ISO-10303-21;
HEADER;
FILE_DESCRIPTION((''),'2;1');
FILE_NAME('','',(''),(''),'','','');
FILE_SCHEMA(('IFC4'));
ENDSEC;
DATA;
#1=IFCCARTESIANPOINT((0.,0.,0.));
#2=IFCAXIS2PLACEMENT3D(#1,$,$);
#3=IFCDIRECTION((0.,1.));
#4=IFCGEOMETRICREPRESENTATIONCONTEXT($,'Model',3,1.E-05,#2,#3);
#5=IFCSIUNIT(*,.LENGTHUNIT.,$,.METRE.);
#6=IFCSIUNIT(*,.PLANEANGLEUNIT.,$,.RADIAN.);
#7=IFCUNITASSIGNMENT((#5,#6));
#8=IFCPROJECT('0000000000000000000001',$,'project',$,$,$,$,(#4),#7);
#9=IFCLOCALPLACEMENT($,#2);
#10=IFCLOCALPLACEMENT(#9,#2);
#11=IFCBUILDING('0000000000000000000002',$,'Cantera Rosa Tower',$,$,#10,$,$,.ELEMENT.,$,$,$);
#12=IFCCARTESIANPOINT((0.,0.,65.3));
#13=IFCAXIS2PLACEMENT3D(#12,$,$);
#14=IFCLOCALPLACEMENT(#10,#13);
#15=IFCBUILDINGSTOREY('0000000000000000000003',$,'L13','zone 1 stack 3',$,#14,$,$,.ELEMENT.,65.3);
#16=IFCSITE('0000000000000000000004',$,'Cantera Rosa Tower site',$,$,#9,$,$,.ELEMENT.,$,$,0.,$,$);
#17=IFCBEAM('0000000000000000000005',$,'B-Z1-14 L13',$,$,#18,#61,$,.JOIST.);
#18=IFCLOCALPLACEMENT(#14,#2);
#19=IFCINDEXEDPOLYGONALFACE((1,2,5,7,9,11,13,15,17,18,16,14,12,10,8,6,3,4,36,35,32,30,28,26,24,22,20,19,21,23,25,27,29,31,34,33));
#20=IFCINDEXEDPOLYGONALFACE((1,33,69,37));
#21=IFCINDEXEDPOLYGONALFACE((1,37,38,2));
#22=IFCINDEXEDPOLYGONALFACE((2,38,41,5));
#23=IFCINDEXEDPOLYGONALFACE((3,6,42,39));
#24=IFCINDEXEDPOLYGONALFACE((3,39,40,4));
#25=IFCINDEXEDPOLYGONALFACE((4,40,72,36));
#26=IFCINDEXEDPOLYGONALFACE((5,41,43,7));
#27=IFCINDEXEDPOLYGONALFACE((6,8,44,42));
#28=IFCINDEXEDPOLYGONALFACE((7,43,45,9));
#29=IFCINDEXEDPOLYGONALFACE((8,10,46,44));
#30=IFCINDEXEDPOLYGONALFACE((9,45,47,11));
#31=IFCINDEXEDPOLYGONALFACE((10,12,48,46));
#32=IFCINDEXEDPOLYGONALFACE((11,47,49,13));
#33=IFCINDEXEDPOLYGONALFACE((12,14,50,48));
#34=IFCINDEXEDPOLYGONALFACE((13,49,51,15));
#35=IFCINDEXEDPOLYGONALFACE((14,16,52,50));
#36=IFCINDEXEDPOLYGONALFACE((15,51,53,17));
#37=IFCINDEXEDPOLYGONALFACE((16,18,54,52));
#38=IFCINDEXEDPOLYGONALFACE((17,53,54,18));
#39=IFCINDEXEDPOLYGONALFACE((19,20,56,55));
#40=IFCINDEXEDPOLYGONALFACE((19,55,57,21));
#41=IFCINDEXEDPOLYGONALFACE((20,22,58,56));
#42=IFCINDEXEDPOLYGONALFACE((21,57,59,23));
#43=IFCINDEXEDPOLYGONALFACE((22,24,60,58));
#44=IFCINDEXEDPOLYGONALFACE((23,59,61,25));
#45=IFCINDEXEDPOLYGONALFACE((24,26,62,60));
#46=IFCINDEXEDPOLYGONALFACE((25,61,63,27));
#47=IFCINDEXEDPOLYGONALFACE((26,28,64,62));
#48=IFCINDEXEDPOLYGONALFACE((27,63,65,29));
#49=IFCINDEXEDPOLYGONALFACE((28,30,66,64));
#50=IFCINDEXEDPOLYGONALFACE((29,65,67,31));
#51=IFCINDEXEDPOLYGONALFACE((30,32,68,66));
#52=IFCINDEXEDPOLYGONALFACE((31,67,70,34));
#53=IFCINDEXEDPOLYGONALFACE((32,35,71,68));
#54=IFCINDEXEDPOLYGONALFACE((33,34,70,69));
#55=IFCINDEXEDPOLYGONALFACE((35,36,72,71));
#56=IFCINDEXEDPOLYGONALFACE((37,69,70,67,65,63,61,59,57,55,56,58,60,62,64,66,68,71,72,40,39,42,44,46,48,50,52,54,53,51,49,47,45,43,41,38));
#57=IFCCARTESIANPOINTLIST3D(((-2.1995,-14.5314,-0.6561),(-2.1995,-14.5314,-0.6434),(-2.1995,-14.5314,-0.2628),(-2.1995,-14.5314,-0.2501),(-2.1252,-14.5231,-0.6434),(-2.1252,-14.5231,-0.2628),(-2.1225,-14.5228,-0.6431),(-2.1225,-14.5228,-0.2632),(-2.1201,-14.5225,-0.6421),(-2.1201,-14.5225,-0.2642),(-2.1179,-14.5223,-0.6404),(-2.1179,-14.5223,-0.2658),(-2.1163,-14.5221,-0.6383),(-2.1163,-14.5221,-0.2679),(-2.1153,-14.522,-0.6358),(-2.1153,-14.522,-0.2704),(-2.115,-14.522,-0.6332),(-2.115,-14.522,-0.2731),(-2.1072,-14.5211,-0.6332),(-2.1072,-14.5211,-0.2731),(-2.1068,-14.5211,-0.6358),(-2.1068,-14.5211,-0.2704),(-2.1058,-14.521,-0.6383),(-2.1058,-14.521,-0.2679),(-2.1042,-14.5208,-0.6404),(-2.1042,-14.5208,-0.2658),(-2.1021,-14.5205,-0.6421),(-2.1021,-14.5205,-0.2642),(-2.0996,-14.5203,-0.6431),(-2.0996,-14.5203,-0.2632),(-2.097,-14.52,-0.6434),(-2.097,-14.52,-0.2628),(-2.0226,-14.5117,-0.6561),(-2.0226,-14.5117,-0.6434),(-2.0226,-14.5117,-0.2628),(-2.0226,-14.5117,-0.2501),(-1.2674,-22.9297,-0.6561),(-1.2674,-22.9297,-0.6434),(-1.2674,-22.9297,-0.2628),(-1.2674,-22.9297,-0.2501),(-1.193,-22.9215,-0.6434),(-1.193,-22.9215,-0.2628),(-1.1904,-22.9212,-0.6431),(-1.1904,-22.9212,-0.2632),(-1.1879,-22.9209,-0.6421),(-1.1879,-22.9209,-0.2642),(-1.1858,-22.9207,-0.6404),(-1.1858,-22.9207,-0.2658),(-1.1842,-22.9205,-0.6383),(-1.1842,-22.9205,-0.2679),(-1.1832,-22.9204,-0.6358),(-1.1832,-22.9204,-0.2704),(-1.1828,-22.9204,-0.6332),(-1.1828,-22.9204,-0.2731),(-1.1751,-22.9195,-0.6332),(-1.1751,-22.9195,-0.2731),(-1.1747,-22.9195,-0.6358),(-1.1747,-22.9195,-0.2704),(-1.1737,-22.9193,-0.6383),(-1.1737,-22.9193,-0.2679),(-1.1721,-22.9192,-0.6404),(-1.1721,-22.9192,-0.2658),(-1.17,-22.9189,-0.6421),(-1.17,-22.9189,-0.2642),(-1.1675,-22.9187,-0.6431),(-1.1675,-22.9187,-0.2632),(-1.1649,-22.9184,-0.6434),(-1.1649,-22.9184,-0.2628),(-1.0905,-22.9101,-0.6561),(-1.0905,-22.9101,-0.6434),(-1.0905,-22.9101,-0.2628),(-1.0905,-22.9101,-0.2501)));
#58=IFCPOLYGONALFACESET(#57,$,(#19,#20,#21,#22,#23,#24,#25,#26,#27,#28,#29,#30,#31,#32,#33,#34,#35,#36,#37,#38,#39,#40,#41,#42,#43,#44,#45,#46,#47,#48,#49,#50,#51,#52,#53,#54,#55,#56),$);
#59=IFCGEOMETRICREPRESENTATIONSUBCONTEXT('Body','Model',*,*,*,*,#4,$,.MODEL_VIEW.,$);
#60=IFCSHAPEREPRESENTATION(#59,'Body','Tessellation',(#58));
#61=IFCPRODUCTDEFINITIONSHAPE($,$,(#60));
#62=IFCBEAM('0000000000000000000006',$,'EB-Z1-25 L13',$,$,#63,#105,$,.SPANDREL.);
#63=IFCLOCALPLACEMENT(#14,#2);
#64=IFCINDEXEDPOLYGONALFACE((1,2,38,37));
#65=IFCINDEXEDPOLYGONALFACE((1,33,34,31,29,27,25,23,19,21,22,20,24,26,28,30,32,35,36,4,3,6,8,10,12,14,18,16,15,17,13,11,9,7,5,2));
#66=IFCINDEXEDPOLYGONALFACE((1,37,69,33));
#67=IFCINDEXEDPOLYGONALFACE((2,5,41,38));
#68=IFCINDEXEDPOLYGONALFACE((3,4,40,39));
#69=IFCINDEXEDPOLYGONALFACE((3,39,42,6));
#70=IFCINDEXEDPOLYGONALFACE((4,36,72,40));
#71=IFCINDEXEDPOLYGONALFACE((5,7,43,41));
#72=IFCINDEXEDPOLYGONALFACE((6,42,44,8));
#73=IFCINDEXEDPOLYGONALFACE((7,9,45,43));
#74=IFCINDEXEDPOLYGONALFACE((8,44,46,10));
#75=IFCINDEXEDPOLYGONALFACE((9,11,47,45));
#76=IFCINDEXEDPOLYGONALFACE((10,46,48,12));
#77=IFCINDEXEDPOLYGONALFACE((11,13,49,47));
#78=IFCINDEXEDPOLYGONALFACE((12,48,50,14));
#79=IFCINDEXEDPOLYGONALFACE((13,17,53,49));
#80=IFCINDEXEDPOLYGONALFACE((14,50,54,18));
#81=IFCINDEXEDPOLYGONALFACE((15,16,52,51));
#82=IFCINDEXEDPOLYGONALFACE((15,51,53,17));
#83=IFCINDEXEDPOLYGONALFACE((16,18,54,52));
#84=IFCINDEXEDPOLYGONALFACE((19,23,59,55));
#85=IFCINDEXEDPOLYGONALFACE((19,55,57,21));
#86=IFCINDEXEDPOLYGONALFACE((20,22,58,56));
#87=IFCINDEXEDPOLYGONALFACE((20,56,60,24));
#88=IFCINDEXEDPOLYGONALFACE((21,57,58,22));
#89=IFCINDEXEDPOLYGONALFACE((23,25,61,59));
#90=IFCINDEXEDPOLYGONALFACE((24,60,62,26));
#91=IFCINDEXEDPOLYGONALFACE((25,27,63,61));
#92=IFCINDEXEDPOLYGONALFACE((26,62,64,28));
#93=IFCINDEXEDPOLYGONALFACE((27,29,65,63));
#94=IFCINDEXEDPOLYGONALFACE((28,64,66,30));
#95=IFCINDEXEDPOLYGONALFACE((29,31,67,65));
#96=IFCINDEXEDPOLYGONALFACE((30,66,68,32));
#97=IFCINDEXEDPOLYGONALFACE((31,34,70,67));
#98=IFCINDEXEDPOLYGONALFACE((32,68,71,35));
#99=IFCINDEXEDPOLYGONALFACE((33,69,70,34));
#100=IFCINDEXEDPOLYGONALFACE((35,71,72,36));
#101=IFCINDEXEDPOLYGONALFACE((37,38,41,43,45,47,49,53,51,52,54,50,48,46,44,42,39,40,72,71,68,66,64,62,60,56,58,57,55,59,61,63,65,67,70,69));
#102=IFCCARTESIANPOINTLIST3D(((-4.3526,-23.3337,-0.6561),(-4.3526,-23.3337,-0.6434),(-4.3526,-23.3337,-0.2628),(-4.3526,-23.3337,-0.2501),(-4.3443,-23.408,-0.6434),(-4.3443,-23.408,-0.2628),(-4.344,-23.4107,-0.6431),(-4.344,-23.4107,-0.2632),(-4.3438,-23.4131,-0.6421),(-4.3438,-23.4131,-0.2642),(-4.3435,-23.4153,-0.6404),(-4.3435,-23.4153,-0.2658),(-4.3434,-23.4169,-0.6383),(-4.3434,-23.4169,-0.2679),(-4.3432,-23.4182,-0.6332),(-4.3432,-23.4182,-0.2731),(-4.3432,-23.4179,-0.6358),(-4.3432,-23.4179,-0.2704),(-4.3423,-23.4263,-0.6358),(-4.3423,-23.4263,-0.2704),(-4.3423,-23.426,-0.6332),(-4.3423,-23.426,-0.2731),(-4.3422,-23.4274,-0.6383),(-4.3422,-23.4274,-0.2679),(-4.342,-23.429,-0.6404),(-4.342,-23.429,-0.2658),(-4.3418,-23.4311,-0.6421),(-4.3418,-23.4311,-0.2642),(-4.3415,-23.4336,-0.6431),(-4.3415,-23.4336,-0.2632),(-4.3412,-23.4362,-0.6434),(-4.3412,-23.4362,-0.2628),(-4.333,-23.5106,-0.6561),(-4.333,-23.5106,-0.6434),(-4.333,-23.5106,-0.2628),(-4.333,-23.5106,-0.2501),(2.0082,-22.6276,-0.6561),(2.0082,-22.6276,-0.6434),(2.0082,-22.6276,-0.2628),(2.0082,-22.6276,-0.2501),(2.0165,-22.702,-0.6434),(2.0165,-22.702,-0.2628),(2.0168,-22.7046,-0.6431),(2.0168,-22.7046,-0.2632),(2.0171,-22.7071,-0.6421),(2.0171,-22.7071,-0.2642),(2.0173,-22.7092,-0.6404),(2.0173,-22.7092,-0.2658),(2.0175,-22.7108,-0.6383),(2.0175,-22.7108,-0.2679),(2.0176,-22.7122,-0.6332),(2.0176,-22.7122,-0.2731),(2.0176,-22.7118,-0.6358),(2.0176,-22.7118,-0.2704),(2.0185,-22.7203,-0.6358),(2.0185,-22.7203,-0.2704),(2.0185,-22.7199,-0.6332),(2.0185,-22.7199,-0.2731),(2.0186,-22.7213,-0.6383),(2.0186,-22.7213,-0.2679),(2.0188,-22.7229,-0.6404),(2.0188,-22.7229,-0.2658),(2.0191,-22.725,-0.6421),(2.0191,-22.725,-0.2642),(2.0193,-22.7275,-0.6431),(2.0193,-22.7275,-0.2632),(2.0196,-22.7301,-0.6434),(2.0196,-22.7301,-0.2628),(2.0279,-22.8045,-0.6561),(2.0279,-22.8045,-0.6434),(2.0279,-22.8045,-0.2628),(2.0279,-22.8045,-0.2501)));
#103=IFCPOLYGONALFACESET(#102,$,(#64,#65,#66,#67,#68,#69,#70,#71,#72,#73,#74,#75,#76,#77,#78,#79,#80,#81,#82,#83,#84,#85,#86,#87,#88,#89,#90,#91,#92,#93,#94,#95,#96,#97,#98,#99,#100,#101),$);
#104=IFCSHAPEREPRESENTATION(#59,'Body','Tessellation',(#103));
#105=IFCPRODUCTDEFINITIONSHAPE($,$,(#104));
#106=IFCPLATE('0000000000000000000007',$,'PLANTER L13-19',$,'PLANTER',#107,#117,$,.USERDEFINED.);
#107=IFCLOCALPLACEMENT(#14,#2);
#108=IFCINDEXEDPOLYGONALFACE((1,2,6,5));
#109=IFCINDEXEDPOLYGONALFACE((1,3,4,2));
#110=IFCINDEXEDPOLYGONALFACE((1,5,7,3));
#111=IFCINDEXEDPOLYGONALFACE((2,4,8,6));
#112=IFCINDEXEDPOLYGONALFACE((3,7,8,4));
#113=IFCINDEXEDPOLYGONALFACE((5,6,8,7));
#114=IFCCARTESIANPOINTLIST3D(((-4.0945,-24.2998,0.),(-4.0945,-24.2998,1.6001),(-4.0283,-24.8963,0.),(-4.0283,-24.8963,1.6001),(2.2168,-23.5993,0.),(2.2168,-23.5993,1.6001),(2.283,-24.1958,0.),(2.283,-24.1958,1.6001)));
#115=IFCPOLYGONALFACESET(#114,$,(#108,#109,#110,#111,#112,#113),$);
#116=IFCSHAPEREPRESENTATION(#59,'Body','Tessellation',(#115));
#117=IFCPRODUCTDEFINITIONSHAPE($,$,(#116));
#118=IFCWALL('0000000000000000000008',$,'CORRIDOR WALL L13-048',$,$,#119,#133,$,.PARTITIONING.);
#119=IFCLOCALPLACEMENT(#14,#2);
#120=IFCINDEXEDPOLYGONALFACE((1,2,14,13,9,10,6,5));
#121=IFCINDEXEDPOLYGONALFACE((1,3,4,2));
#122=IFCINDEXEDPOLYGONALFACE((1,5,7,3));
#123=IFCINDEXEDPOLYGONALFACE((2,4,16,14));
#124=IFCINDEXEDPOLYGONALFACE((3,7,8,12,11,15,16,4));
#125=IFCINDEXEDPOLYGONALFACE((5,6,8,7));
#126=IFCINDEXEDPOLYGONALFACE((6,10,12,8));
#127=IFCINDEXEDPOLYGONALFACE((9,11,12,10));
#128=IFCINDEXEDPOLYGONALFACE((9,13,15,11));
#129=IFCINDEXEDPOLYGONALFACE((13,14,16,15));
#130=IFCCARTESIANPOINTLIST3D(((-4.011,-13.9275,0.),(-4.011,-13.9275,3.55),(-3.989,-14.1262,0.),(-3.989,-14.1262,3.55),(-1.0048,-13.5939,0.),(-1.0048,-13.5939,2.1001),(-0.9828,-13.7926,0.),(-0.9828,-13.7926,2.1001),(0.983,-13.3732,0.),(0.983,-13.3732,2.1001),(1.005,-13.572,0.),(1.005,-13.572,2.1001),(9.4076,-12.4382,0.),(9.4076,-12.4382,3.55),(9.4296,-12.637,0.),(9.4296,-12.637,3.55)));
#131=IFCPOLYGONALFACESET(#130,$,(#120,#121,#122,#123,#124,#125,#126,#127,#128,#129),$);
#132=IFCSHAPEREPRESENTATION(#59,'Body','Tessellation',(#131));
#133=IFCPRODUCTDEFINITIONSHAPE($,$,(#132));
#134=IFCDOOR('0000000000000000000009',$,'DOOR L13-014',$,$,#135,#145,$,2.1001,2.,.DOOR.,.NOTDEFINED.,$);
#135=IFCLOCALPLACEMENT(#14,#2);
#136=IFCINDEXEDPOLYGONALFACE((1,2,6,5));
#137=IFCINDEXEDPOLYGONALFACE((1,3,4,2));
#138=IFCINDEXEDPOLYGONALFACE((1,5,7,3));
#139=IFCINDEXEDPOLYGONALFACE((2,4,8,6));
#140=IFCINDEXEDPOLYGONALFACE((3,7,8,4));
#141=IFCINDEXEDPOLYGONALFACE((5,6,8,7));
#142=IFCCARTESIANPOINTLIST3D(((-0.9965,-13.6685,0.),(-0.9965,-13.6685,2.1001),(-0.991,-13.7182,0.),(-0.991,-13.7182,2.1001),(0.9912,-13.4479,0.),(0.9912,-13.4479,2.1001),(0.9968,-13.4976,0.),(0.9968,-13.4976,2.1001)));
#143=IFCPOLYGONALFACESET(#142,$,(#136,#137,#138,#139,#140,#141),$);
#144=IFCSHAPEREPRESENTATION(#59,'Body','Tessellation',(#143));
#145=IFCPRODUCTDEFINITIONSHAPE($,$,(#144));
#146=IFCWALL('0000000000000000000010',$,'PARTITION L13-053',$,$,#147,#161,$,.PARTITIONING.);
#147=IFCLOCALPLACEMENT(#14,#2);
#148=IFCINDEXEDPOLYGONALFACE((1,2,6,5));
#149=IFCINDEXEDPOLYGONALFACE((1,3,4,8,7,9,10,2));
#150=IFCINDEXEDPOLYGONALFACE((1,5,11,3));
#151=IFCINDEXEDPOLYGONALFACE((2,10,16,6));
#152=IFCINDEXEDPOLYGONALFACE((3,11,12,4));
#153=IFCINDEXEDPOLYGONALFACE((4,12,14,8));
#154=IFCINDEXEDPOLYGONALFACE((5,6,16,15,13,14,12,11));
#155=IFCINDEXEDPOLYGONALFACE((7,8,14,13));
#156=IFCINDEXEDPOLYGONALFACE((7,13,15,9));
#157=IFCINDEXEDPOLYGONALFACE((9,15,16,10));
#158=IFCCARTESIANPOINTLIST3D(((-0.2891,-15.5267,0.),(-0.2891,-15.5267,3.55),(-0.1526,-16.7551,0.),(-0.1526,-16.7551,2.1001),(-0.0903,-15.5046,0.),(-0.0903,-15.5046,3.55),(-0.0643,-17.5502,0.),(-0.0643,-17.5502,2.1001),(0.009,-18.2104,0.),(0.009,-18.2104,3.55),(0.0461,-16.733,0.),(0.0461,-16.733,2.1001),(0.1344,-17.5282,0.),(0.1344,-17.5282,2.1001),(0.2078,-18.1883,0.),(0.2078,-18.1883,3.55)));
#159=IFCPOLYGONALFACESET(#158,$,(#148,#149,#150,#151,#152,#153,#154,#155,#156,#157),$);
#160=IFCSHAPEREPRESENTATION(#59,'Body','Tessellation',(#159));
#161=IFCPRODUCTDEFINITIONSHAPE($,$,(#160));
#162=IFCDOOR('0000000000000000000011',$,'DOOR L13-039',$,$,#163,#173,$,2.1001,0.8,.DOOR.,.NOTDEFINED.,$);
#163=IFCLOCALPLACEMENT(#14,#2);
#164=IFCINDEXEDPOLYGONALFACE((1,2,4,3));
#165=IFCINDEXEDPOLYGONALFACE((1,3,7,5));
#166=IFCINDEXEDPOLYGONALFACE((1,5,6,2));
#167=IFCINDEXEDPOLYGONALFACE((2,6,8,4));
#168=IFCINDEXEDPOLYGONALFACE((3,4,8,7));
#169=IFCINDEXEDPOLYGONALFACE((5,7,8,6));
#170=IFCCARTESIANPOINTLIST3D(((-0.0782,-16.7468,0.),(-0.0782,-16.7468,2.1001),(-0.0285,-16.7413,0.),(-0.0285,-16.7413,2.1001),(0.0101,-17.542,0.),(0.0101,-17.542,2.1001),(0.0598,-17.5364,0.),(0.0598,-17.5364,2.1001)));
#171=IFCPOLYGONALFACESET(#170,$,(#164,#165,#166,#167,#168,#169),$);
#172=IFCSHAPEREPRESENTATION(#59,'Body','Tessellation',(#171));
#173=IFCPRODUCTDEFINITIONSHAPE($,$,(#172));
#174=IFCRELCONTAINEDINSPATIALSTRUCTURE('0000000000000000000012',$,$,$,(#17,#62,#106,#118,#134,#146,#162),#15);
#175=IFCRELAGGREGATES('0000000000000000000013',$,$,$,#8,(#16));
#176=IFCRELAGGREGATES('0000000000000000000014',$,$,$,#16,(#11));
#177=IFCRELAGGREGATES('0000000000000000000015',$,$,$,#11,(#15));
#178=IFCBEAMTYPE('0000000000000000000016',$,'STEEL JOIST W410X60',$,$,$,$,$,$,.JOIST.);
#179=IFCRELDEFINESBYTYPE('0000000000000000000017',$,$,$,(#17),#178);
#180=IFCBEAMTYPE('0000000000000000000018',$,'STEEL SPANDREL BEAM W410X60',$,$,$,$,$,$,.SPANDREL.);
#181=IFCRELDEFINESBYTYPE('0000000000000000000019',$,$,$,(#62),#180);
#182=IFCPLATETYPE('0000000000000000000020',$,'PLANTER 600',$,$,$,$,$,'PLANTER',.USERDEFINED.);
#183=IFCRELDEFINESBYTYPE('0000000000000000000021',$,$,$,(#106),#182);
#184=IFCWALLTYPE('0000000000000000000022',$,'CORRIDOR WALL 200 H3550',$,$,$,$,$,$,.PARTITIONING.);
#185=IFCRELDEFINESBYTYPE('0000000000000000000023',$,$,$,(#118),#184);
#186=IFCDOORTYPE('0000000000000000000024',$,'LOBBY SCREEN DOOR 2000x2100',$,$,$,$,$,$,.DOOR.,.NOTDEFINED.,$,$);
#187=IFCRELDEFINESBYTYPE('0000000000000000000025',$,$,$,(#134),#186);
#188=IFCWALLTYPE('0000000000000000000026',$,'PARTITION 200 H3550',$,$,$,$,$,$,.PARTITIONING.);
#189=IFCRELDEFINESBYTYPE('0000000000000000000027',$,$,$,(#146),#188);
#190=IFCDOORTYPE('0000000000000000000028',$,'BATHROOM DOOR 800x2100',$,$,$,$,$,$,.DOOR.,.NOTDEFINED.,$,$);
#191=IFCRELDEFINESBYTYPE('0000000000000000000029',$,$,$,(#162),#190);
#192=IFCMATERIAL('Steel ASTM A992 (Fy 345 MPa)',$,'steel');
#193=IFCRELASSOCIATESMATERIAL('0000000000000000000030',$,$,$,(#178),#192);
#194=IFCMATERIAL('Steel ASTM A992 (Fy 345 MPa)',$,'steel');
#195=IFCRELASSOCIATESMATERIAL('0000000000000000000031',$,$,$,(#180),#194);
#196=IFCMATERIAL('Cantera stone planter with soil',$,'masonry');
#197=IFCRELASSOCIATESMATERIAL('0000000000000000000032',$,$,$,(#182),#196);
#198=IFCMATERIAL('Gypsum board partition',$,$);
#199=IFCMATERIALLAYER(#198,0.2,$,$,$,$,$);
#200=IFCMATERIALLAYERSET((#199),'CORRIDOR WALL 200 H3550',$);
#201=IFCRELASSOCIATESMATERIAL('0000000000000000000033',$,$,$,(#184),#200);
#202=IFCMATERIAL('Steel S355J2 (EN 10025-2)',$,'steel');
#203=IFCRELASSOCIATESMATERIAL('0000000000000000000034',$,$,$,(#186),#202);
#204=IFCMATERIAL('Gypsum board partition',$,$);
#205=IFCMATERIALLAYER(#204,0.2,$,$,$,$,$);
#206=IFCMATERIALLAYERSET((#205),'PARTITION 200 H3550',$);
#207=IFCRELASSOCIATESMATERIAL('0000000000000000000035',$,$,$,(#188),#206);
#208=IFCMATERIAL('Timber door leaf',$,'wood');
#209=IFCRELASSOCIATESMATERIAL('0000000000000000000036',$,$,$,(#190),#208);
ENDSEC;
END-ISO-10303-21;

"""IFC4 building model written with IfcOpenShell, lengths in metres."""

from ifc_helpers import new_model, si_unit, direction, frame, frame_2d, origin, origin_2d, place, context, subcontext, project, spatial, rectangle, i_section, extrude, material, layer, layer_set, material_profile, profile_set, type_object, element, fill, save


model = new_model("IFC4")

# Units and contexts
model_context = context("Model", 3, precision=1e-05, world=origin(), true_north=direction((0.0, 1.0)))
body_context = subcontext(model_context, "Body", "Model", "MODEL_VIEW")
ifc_project = project(units=[si_unit("LENGTHUNIT", "METRE"), si_unit("PLANEANGLEUNIT", "RADIAN")], contexts=[model_context])

# Site, building, storey
site_placement = place(None, origin())
site = spatial("IfcSite", under=ifc_project, at=site_placement, Name="Cantera Rosa Tower site", CompositionType="ELEMENT", RefElevation=0.0)
building_placement = place(site_placement, origin())
building = spatial("IfcBuilding", under=site, at=building_placement, Name="Cantera Rosa Tower", CompositionType="ELEMENT")
storey_placement = place(building_placement, frame((0.0, 0.0, 65.3)))
storey = spatial("IfcBuildingStorey", under=building, at=storey_placement, Name="L13", Description="zone 1 stack 3", CompositionType="ELEMENT", Elevation=65.3)

# Beams
ifc_material_1 = material(Name="Steel ASTM A992 (Fy 345 MPa)", Category="steel")
ifc_material_profile_1 = material_profile(ifc_material_1, i_section(OverallWidth=0.178, OverallDepth=0.406, WebThickness=0.0078, FlangeThickness=0.0127, FilletRadius=0.0103, at=origin_2d()), Name="W410X60")
ifc_profile_set_1 = profile_set([ifc_material_profile_1], Name="Steel ASTM A992 (Fy 345 MPa)")
beam_type_1 = type_object("IfcBeamType", Name="STEEL JOIST W410X60", PredefinedType="JOIST", material=ifc_profile_set_1)
beam_1_placement = place(storey_placement, frame((-1.179, -22.9199, -0.4531), z_axis=(-0.110311, 0.993897, 0.0), x_axis=(-0.993897, -0.110311, 0.0)))
element("IfcBeam", 1, at=beam_1_placement, inside=storey, type_object=beam_type_1, Name="B-Z1-14 L13", PredefinedType="JOIST", context=body_context, shape_type="SweptSolid", body=[
    extrude(i_section(OverallWidth=0.178, OverallDepth=0.406, WebThickness=0.0078, FlangeThickness=0.0127, FilletRadius=0.0103, at=origin_2d()), origin(), (0.0, 0.0, 1.0), 8.45),
])
ifc_material_2 = material(Name="Steel ASTM A992 (Fy 345 MPa)", Category="steel")
ifc_material_profile_2 = material_profile(ifc_material_2, i_section(OverallWidth=0.178, OverallDepth=0.406, WebThickness=0.0078, FlangeThickness=0.0127, FilletRadius=0.0103, at=origin_2d()), Name="W410X60")
ifc_profile_set_2 = profile_set([ifc_material_profile_2], Name="Steel ASTM A992 (Fy 345 MPa)")
beam_type_2 = type_object("IfcBeamType", Name="STEEL SPANDREL BEAM W410X60", PredefinedType="SPANDREL", material=ifc_profile_set_2)
beam_2_placement = place(storey_placement, frame((-4.3428, -23.4221, -0.4531), z_axis=(0.993896, 0.110323, 0.0), x_axis=(-0.110323, 0.993896, 0.0)))
element("IfcBeam", 2, at=beam_2_placement, inside=storey, type_object=beam_type_2, Name="EB-Z1-25 L13", PredefinedType="SPANDREL", context=body_context, shape_type="SweptSolid", body=[
    extrude(i_section(OverallWidth=0.178, OverallDepth=0.406, WebThickness=0.0078, FlangeThickness=0.0127, FilletRadius=0.0103, at=origin_2d()), origin(), (0.0, 0.0, 1.0), 6.3999),
])

# Plate
ifc_material_3 = material(Name="Cantera stone planter with soil", Category="masonry")
plate_type = type_object("IfcPlateType", Name="PLANTER 600", ElementType="PLANTER", PredefinedType="USERDEFINED", material=ifc_material_3)
plate_placement = place(storey_placement, frame((-0.9058, -24.2478, 0.0), z_axis=(0.0, 0.0, 1.0), x_axis=(0.993897, 0.110313, 0.0)))
element("IfcPlate", 3, at=plate_placement, inside=storey, type_object=plate_type, Name="PLANTER L13-19", ObjectType="PLANTER", PredefinedType="USERDEFINED", context=body_context, shape_type="SweptSolid", body=[
    extrude(rectangle(XDim=6.3501, YDim=0.6001, at=origin_2d()), origin(), (0.0, 0.0, 1.0), 1.6001),
])

# Wall, opening, door
ifc_material_4 = material(Name="Gypsum board partition")
ifc_layer_1 = layer(ifc_material_4, 0.2)
ifc_layer_set_1 = layer_set([ifc_layer_1], Name="CORRIDOR WALL 200 H3550")
wall_type_1 = type_object("IfcWallType", Name="CORRIDOR WALL 200 H3550", PredefinedType="PARTITIONING", material=ifc_layer_set_1)
wall_1_placement = place(storey_placement, frame((-4.0, -14.0269, 0.0), z_axis=(0.0, 0.0, 1.0), x_axis=(0.993898, 0.110306, 0.0)))
wall_1 = element("IfcWall", 4, at=wall_1_placement, inside=storey, type_object=wall_type_1, Name="CORRIDOR WALL L13-048", PredefinedType="PARTITIONING", context=body_context, shape_type="SweptSolid", body=[
    extrude(rectangle(XDim=13.501, YDim=0.2, at=frame_2d((6.7505, 0.0))), origin(), (0.0, 0.0, 1.0), 3.55),
])
opening_1_placement = place(wall_1_placement, frame((3.0247, 0.0, 0.0)))
opening_1 = element("IfcOpeningElement", 5, at=opening_1_placement, cuts=wall_1, PredefinedType="OPENING", context=body_context, shape_type="SweptSolid", body=[
    extrude(rectangle(XDim=2.0, YDim=2.1001, at=frame_2d((1.0, 1.05))), frame((0.0, 0.1099, 0.0), z_axis=(0.0, -1.0, 0.0), x_axis=(1.0, 0.0, 0.0)), (0.0, 0.0, 1.0), 0.22),
])
ifc_material_5 = material(Name="Steel S355J2 (EN 10025-2)", Category="steel")
door_type_1 = type_object("IfcDoorType", Name="LOBBY SCREEN DOOR 2000x2100", OperationType="NOTDEFINED", PredefinedType="DOOR", material=ifc_material_5)
door_1_placement = place(opening_1_placement, origin())
door_1 = element("IfcDoor", 6, at=door_1_placement, inside=storey, type_object=door_type_1, Name="DOOR L13-014", OperationType="NOTDEFINED", OverallHeight=2.1001, OverallWidth=2.0, PredefinedType="DOOR", context=body_context, shape_type="SweptSolid", body=[
    extrude(rectangle(XDim=2.0, YDim=2.1001, at=frame_2d((1.0, 1.05))), frame((0.0, 0.0249, 0.0), z_axis=(0.0, -1.0, 0.0), x_axis=(1.0, 0.0, 0.0)), (0.0, 0.0, 1.0), 0.05),
])
fill(opening_1, door_1)

# Wall, opening, door
ifc_material_6 = material(Name="Gypsum board partition")
ifc_layer_2 = layer(ifc_material_6, 0.2)
ifc_layer_set_2 = layer_set([ifc_layer_2], Name="PARTITION 200 H3550")
wall_type_2 = type_object("IfcWallType", Name="PARTITION 200 H3550", PredefinedType="PARTITIONING", material=ifc_layer_set_2)
wall_2_placement = place(storey_placement, frame((-0.1897, -15.5156, 0.0), z_axis=(0.0, 0.0, 1.0), x_axis=(0.110402, -0.993887, 0.0)))
wall_2 = element("IfcWall", 7, at=wall_2_placement, inside=storey, type_object=wall_type_2, Name="PARTITION L13-053", PredefinedType="PARTITIONING", context=body_context, shape_type="SweptSolid", body=[
    extrude(rectangle(XDim=2.7002, YDim=0.2, at=frame_2d((1.3501, 0.0))), origin(), (0.0, 0.0, 1.0), 3.55),
])
opening_2_placement = place(wall_2_placement, frame((1.2361, 0.0, 0.0)))
opening_2 = element("IfcOpeningElement", 8, at=opening_2_placement, cuts=wall_2, PredefinedType="OPENING", context=body_context, shape_type="SweptSolid", body=[
    extrude(rectangle(XDim=0.8, YDim=2.1001, at=frame_2d((0.3999, 1.05))), frame((0.0, 0.1099, 0.0), z_axis=(0.0, -1.0, 0.0), x_axis=(1.0, 0.0, 0.0)), (0.0, 0.0, 1.0), 0.22),
])
ifc_material_7 = material(Name="Timber door leaf", Category="wood")
door_type_2 = type_object("IfcDoorType", Name="BATHROOM DOOR 800x2100", OperationType="NOTDEFINED", PredefinedType="DOOR", material=ifc_material_7)
door_2_placement = place(opening_2_placement, origin())
door_2 = element("IfcDoor", 9, at=door_2_placement, inside=storey, type_object=door_type_2, Name="DOOR L13-039", OperationType="NOTDEFINED", OverallHeight=2.1001, OverallWidth=0.8, PredefinedType="DOOR", context=body_context, shape_type="SweptSolid", body=[
    extrude(rectangle(XDim=0.8, YDim=2.1001, at=frame_2d((0.3999, 1.05))), frame((0.0, 0.0249, 0.0), z_axis=(0.0, -1.0, 0.0), x_axis=(1.0, 0.0, 0.0)), (0.0, 0.0, 1.0), 0.05),
])
fill(opening_2, door_2)

save(model, "model.ifc")
